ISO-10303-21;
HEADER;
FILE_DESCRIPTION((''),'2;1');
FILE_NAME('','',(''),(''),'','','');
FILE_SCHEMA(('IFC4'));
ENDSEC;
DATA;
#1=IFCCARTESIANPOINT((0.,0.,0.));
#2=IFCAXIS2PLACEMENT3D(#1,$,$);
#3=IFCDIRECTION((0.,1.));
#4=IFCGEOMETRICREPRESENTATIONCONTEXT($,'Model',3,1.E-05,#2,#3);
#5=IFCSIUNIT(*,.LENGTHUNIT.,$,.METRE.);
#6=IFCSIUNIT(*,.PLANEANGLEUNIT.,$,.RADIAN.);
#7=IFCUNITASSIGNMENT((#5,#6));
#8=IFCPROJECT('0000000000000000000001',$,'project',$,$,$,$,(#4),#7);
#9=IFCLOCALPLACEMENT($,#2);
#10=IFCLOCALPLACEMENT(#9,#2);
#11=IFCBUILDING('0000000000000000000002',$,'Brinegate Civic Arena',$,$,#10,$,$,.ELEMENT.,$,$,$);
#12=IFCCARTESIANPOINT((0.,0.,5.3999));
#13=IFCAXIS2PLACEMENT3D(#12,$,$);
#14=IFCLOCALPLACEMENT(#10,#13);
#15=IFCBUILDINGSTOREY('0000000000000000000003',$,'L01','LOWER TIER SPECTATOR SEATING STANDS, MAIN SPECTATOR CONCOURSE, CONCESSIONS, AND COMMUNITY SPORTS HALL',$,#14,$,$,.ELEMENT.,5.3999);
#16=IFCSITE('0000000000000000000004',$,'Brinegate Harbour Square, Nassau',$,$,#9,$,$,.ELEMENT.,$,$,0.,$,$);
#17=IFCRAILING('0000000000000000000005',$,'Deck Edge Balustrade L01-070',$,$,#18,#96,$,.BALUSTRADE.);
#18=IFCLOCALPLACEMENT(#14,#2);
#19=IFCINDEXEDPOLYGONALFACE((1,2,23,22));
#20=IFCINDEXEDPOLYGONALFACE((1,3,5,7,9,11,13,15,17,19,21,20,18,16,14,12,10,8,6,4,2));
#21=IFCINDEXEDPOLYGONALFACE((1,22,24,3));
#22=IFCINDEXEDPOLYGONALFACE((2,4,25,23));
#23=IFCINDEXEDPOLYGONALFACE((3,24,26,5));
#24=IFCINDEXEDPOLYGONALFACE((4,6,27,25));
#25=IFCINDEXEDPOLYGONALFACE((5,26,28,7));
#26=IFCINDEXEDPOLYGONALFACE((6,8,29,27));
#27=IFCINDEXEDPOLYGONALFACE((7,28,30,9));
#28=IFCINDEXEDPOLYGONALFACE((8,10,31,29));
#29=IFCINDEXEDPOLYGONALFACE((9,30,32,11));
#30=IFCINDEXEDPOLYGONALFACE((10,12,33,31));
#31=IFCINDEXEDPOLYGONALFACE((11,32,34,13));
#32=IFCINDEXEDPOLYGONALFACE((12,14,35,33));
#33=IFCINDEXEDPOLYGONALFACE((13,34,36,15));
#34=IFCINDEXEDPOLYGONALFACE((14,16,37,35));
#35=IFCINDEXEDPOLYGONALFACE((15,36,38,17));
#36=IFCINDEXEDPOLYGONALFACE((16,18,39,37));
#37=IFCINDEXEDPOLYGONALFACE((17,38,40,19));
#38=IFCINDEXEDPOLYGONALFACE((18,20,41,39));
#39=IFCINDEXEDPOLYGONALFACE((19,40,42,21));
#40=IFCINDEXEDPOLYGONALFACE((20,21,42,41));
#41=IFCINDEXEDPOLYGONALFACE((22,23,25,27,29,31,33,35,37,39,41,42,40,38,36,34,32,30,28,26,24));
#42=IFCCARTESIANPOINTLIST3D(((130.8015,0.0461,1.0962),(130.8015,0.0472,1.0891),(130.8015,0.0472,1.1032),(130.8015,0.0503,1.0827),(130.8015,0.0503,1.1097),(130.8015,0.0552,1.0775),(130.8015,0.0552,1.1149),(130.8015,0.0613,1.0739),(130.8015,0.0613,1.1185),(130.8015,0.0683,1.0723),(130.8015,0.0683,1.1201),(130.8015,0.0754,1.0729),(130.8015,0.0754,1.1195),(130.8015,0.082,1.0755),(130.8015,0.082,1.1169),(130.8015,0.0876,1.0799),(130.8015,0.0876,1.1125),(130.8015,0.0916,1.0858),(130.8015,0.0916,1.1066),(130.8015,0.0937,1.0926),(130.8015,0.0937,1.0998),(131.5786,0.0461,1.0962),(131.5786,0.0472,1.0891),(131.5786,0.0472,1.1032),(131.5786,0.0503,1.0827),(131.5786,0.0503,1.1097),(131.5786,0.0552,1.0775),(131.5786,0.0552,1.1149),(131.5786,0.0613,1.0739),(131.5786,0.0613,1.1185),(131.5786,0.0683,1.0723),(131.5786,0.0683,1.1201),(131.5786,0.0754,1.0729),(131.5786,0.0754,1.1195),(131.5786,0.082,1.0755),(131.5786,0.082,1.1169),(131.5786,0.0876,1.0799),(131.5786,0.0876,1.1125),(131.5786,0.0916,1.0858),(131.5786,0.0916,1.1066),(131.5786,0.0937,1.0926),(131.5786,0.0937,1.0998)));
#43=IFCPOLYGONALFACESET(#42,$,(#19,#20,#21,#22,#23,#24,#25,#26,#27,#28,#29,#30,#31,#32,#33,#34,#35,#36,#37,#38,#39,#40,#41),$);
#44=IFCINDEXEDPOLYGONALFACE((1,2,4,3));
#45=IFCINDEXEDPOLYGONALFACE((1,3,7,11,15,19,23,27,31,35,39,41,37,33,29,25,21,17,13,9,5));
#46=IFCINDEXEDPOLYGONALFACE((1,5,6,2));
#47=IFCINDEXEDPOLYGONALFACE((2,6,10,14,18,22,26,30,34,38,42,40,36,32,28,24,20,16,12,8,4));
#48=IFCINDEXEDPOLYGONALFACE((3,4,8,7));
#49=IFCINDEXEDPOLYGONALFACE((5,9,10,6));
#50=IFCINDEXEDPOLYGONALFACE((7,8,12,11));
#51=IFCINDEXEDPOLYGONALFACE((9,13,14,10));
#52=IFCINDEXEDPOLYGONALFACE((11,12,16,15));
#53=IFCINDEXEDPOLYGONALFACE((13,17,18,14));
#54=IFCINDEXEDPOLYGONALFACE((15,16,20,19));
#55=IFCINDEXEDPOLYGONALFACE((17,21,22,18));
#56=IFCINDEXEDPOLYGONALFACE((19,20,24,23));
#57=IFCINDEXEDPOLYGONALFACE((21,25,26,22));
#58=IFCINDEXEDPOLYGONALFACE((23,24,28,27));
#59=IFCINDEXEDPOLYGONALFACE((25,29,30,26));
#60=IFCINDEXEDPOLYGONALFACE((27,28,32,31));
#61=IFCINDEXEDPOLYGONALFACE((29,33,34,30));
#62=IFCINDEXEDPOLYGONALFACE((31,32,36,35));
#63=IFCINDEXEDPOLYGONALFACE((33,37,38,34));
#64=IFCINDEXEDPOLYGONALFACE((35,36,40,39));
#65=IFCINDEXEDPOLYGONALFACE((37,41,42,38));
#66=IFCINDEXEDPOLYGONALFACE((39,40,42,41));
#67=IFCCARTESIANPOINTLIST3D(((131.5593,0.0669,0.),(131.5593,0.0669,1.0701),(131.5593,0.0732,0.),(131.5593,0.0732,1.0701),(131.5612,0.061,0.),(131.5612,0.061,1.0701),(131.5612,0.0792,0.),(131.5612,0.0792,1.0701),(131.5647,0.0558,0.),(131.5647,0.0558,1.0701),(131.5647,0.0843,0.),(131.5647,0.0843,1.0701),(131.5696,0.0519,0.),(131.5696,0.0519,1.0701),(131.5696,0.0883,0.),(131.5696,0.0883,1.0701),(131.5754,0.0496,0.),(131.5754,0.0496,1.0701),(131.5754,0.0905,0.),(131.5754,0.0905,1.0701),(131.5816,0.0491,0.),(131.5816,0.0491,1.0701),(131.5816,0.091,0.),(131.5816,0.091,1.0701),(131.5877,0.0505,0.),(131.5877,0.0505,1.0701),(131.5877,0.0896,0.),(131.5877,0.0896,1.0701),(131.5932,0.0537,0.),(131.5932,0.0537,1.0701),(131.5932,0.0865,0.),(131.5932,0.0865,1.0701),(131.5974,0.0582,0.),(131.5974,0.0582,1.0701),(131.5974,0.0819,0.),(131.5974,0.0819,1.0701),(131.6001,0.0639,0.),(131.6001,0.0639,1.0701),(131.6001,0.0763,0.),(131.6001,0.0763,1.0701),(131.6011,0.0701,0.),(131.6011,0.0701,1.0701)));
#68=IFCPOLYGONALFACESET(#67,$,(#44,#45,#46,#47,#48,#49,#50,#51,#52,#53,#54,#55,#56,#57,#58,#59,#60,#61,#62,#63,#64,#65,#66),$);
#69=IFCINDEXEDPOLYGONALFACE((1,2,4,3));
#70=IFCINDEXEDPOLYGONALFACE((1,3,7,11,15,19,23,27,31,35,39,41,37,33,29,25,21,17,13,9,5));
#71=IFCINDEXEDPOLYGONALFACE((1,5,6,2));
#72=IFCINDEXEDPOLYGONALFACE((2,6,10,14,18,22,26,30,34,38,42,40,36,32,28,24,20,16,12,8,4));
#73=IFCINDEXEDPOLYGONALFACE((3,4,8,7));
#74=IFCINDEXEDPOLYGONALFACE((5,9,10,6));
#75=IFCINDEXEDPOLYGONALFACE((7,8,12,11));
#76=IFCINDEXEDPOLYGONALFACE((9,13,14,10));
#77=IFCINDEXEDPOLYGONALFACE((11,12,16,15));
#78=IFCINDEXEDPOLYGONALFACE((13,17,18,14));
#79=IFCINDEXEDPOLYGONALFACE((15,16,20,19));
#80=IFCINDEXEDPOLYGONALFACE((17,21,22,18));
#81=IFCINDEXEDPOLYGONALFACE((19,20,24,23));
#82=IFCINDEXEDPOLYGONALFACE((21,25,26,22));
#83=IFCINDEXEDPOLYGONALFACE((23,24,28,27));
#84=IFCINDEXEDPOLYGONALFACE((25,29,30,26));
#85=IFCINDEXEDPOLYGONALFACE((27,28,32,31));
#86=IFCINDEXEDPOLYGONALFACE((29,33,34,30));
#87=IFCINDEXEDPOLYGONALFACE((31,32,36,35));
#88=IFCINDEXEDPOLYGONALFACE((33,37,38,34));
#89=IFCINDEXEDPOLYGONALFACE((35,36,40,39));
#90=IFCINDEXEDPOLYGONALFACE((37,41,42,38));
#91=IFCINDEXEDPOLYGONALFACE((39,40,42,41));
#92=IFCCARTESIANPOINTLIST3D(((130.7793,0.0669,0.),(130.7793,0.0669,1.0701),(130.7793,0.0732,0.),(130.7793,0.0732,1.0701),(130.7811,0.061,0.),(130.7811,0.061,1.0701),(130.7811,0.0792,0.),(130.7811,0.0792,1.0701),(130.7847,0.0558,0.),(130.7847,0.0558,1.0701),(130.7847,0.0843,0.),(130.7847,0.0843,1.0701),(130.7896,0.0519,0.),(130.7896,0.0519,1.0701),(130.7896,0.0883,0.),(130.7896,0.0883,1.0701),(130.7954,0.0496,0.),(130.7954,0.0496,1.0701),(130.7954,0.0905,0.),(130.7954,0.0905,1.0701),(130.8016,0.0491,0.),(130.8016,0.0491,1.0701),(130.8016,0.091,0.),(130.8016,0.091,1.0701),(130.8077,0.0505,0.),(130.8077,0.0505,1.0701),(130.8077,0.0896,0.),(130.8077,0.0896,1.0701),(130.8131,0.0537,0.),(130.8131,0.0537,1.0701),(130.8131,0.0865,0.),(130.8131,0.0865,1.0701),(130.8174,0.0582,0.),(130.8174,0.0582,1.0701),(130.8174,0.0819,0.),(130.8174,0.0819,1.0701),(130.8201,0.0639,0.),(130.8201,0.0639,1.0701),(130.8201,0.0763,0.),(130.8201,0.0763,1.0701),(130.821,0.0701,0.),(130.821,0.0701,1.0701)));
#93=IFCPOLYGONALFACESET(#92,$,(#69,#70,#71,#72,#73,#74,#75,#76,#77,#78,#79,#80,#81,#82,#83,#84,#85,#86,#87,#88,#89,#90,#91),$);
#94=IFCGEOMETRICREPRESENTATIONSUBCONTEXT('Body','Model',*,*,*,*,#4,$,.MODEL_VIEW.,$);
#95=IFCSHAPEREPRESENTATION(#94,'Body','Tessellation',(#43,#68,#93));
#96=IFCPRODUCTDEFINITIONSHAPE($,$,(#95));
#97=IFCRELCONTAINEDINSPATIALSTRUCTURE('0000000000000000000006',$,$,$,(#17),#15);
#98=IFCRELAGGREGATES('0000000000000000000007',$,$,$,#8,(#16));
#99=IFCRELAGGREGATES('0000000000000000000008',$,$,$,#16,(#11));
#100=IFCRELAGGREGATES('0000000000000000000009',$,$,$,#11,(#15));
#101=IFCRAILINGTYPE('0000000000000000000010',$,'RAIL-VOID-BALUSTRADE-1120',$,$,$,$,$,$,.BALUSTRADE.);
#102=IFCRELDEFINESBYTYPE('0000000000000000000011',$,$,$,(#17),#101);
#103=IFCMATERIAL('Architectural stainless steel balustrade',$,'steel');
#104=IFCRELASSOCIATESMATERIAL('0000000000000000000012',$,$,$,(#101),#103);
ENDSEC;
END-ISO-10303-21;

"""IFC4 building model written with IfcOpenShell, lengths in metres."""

from ifc_helpers import new_model, si_unit, direction, frame, origin, origin_2d, place, context, subcontext, project, spatial, circle, extrude, material, type_object, element, save


model = new_model("IFC4")

# Units and contexts
model_context = context("Model", 3, precision=1e-05, world=origin(), true_north=direction((0.0, 1.0)))
body_context = subcontext(model_context, "Body", "Model", "MODEL_VIEW")
ifc_project = project(units=[si_unit("LENGTHUNIT", "METRE"), si_unit("PLANEANGLEUNIT", "RADIAN")], contexts=[model_context])

# Site, building, storey
site_placement = place(None, origin())
site = spatial("IfcSite", under=ifc_project, at=site_placement, Name="Brinegate Harbour Square, Nassau", CompositionType="ELEMENT", RefElevation=0.0)
building_placement = place(site_placement, origin())
building = spatial("IfcBuilding", under=site, at=building_placement, Name="Brinegate Civic Arena", CompositionType="ELEMENT")
storey_placement = place(building_placement, frame((0.0, 0.0, 5.3999)))
storey = spatial("IfcBuildingStorey", under=building, at=storey_placement, Name="L01", Description="LOWER TIER SPECTATOR SEATING STANDS, MAIN SPECTATOR CONCOURSE, CONCESSIONS, AND COMMUNITY SPORTS HALL", CompositionType="ELEMENT", Elevation=5.3999)

# Railing
ifc_material_1 = material(Name="Architectural stainless steel balustrade", Category="steel")
railing_type = type_object("IfcRailingType", Name="RAIL-VOID-BALUSTRADE-1120", PredefinedType="BALUSTRADE", material=ifc_material_1)
railing_1_placement = place(storey_placement, frame((131.5801, 0.0701, 0.0)))
element("IfcRailing", 1, at=railing_1_placement, inside=storey, type_object=railing_type, Name="Deck Edge Balustrade L01-070", PredefinedType="BALUSTRADE", context=body_context, shape_type="SweptSolid", body=[
    extrude(circle(Radius=0.0239, at=origin_2d()), frame((-0.0015, 0.0, 1.0962), z_axis=(-1.0, 0.0, 0.0), x_axis=(0.0, -1.0, 0.0)), (0.0, 0.0, 1.0), 0.7771),
    extrude(circle(Radius=0.021, at=origin_2d()), origin(), (0.0, 0.0, 1.0), 1.0701),
    extrude(circle(Radius=0.021, at=origin_2d()), frame((-0.78, 0.0, 0.0)), (0.0, 0.0, 1.0), 1.0701),
])

save(model, "model.ifc")
